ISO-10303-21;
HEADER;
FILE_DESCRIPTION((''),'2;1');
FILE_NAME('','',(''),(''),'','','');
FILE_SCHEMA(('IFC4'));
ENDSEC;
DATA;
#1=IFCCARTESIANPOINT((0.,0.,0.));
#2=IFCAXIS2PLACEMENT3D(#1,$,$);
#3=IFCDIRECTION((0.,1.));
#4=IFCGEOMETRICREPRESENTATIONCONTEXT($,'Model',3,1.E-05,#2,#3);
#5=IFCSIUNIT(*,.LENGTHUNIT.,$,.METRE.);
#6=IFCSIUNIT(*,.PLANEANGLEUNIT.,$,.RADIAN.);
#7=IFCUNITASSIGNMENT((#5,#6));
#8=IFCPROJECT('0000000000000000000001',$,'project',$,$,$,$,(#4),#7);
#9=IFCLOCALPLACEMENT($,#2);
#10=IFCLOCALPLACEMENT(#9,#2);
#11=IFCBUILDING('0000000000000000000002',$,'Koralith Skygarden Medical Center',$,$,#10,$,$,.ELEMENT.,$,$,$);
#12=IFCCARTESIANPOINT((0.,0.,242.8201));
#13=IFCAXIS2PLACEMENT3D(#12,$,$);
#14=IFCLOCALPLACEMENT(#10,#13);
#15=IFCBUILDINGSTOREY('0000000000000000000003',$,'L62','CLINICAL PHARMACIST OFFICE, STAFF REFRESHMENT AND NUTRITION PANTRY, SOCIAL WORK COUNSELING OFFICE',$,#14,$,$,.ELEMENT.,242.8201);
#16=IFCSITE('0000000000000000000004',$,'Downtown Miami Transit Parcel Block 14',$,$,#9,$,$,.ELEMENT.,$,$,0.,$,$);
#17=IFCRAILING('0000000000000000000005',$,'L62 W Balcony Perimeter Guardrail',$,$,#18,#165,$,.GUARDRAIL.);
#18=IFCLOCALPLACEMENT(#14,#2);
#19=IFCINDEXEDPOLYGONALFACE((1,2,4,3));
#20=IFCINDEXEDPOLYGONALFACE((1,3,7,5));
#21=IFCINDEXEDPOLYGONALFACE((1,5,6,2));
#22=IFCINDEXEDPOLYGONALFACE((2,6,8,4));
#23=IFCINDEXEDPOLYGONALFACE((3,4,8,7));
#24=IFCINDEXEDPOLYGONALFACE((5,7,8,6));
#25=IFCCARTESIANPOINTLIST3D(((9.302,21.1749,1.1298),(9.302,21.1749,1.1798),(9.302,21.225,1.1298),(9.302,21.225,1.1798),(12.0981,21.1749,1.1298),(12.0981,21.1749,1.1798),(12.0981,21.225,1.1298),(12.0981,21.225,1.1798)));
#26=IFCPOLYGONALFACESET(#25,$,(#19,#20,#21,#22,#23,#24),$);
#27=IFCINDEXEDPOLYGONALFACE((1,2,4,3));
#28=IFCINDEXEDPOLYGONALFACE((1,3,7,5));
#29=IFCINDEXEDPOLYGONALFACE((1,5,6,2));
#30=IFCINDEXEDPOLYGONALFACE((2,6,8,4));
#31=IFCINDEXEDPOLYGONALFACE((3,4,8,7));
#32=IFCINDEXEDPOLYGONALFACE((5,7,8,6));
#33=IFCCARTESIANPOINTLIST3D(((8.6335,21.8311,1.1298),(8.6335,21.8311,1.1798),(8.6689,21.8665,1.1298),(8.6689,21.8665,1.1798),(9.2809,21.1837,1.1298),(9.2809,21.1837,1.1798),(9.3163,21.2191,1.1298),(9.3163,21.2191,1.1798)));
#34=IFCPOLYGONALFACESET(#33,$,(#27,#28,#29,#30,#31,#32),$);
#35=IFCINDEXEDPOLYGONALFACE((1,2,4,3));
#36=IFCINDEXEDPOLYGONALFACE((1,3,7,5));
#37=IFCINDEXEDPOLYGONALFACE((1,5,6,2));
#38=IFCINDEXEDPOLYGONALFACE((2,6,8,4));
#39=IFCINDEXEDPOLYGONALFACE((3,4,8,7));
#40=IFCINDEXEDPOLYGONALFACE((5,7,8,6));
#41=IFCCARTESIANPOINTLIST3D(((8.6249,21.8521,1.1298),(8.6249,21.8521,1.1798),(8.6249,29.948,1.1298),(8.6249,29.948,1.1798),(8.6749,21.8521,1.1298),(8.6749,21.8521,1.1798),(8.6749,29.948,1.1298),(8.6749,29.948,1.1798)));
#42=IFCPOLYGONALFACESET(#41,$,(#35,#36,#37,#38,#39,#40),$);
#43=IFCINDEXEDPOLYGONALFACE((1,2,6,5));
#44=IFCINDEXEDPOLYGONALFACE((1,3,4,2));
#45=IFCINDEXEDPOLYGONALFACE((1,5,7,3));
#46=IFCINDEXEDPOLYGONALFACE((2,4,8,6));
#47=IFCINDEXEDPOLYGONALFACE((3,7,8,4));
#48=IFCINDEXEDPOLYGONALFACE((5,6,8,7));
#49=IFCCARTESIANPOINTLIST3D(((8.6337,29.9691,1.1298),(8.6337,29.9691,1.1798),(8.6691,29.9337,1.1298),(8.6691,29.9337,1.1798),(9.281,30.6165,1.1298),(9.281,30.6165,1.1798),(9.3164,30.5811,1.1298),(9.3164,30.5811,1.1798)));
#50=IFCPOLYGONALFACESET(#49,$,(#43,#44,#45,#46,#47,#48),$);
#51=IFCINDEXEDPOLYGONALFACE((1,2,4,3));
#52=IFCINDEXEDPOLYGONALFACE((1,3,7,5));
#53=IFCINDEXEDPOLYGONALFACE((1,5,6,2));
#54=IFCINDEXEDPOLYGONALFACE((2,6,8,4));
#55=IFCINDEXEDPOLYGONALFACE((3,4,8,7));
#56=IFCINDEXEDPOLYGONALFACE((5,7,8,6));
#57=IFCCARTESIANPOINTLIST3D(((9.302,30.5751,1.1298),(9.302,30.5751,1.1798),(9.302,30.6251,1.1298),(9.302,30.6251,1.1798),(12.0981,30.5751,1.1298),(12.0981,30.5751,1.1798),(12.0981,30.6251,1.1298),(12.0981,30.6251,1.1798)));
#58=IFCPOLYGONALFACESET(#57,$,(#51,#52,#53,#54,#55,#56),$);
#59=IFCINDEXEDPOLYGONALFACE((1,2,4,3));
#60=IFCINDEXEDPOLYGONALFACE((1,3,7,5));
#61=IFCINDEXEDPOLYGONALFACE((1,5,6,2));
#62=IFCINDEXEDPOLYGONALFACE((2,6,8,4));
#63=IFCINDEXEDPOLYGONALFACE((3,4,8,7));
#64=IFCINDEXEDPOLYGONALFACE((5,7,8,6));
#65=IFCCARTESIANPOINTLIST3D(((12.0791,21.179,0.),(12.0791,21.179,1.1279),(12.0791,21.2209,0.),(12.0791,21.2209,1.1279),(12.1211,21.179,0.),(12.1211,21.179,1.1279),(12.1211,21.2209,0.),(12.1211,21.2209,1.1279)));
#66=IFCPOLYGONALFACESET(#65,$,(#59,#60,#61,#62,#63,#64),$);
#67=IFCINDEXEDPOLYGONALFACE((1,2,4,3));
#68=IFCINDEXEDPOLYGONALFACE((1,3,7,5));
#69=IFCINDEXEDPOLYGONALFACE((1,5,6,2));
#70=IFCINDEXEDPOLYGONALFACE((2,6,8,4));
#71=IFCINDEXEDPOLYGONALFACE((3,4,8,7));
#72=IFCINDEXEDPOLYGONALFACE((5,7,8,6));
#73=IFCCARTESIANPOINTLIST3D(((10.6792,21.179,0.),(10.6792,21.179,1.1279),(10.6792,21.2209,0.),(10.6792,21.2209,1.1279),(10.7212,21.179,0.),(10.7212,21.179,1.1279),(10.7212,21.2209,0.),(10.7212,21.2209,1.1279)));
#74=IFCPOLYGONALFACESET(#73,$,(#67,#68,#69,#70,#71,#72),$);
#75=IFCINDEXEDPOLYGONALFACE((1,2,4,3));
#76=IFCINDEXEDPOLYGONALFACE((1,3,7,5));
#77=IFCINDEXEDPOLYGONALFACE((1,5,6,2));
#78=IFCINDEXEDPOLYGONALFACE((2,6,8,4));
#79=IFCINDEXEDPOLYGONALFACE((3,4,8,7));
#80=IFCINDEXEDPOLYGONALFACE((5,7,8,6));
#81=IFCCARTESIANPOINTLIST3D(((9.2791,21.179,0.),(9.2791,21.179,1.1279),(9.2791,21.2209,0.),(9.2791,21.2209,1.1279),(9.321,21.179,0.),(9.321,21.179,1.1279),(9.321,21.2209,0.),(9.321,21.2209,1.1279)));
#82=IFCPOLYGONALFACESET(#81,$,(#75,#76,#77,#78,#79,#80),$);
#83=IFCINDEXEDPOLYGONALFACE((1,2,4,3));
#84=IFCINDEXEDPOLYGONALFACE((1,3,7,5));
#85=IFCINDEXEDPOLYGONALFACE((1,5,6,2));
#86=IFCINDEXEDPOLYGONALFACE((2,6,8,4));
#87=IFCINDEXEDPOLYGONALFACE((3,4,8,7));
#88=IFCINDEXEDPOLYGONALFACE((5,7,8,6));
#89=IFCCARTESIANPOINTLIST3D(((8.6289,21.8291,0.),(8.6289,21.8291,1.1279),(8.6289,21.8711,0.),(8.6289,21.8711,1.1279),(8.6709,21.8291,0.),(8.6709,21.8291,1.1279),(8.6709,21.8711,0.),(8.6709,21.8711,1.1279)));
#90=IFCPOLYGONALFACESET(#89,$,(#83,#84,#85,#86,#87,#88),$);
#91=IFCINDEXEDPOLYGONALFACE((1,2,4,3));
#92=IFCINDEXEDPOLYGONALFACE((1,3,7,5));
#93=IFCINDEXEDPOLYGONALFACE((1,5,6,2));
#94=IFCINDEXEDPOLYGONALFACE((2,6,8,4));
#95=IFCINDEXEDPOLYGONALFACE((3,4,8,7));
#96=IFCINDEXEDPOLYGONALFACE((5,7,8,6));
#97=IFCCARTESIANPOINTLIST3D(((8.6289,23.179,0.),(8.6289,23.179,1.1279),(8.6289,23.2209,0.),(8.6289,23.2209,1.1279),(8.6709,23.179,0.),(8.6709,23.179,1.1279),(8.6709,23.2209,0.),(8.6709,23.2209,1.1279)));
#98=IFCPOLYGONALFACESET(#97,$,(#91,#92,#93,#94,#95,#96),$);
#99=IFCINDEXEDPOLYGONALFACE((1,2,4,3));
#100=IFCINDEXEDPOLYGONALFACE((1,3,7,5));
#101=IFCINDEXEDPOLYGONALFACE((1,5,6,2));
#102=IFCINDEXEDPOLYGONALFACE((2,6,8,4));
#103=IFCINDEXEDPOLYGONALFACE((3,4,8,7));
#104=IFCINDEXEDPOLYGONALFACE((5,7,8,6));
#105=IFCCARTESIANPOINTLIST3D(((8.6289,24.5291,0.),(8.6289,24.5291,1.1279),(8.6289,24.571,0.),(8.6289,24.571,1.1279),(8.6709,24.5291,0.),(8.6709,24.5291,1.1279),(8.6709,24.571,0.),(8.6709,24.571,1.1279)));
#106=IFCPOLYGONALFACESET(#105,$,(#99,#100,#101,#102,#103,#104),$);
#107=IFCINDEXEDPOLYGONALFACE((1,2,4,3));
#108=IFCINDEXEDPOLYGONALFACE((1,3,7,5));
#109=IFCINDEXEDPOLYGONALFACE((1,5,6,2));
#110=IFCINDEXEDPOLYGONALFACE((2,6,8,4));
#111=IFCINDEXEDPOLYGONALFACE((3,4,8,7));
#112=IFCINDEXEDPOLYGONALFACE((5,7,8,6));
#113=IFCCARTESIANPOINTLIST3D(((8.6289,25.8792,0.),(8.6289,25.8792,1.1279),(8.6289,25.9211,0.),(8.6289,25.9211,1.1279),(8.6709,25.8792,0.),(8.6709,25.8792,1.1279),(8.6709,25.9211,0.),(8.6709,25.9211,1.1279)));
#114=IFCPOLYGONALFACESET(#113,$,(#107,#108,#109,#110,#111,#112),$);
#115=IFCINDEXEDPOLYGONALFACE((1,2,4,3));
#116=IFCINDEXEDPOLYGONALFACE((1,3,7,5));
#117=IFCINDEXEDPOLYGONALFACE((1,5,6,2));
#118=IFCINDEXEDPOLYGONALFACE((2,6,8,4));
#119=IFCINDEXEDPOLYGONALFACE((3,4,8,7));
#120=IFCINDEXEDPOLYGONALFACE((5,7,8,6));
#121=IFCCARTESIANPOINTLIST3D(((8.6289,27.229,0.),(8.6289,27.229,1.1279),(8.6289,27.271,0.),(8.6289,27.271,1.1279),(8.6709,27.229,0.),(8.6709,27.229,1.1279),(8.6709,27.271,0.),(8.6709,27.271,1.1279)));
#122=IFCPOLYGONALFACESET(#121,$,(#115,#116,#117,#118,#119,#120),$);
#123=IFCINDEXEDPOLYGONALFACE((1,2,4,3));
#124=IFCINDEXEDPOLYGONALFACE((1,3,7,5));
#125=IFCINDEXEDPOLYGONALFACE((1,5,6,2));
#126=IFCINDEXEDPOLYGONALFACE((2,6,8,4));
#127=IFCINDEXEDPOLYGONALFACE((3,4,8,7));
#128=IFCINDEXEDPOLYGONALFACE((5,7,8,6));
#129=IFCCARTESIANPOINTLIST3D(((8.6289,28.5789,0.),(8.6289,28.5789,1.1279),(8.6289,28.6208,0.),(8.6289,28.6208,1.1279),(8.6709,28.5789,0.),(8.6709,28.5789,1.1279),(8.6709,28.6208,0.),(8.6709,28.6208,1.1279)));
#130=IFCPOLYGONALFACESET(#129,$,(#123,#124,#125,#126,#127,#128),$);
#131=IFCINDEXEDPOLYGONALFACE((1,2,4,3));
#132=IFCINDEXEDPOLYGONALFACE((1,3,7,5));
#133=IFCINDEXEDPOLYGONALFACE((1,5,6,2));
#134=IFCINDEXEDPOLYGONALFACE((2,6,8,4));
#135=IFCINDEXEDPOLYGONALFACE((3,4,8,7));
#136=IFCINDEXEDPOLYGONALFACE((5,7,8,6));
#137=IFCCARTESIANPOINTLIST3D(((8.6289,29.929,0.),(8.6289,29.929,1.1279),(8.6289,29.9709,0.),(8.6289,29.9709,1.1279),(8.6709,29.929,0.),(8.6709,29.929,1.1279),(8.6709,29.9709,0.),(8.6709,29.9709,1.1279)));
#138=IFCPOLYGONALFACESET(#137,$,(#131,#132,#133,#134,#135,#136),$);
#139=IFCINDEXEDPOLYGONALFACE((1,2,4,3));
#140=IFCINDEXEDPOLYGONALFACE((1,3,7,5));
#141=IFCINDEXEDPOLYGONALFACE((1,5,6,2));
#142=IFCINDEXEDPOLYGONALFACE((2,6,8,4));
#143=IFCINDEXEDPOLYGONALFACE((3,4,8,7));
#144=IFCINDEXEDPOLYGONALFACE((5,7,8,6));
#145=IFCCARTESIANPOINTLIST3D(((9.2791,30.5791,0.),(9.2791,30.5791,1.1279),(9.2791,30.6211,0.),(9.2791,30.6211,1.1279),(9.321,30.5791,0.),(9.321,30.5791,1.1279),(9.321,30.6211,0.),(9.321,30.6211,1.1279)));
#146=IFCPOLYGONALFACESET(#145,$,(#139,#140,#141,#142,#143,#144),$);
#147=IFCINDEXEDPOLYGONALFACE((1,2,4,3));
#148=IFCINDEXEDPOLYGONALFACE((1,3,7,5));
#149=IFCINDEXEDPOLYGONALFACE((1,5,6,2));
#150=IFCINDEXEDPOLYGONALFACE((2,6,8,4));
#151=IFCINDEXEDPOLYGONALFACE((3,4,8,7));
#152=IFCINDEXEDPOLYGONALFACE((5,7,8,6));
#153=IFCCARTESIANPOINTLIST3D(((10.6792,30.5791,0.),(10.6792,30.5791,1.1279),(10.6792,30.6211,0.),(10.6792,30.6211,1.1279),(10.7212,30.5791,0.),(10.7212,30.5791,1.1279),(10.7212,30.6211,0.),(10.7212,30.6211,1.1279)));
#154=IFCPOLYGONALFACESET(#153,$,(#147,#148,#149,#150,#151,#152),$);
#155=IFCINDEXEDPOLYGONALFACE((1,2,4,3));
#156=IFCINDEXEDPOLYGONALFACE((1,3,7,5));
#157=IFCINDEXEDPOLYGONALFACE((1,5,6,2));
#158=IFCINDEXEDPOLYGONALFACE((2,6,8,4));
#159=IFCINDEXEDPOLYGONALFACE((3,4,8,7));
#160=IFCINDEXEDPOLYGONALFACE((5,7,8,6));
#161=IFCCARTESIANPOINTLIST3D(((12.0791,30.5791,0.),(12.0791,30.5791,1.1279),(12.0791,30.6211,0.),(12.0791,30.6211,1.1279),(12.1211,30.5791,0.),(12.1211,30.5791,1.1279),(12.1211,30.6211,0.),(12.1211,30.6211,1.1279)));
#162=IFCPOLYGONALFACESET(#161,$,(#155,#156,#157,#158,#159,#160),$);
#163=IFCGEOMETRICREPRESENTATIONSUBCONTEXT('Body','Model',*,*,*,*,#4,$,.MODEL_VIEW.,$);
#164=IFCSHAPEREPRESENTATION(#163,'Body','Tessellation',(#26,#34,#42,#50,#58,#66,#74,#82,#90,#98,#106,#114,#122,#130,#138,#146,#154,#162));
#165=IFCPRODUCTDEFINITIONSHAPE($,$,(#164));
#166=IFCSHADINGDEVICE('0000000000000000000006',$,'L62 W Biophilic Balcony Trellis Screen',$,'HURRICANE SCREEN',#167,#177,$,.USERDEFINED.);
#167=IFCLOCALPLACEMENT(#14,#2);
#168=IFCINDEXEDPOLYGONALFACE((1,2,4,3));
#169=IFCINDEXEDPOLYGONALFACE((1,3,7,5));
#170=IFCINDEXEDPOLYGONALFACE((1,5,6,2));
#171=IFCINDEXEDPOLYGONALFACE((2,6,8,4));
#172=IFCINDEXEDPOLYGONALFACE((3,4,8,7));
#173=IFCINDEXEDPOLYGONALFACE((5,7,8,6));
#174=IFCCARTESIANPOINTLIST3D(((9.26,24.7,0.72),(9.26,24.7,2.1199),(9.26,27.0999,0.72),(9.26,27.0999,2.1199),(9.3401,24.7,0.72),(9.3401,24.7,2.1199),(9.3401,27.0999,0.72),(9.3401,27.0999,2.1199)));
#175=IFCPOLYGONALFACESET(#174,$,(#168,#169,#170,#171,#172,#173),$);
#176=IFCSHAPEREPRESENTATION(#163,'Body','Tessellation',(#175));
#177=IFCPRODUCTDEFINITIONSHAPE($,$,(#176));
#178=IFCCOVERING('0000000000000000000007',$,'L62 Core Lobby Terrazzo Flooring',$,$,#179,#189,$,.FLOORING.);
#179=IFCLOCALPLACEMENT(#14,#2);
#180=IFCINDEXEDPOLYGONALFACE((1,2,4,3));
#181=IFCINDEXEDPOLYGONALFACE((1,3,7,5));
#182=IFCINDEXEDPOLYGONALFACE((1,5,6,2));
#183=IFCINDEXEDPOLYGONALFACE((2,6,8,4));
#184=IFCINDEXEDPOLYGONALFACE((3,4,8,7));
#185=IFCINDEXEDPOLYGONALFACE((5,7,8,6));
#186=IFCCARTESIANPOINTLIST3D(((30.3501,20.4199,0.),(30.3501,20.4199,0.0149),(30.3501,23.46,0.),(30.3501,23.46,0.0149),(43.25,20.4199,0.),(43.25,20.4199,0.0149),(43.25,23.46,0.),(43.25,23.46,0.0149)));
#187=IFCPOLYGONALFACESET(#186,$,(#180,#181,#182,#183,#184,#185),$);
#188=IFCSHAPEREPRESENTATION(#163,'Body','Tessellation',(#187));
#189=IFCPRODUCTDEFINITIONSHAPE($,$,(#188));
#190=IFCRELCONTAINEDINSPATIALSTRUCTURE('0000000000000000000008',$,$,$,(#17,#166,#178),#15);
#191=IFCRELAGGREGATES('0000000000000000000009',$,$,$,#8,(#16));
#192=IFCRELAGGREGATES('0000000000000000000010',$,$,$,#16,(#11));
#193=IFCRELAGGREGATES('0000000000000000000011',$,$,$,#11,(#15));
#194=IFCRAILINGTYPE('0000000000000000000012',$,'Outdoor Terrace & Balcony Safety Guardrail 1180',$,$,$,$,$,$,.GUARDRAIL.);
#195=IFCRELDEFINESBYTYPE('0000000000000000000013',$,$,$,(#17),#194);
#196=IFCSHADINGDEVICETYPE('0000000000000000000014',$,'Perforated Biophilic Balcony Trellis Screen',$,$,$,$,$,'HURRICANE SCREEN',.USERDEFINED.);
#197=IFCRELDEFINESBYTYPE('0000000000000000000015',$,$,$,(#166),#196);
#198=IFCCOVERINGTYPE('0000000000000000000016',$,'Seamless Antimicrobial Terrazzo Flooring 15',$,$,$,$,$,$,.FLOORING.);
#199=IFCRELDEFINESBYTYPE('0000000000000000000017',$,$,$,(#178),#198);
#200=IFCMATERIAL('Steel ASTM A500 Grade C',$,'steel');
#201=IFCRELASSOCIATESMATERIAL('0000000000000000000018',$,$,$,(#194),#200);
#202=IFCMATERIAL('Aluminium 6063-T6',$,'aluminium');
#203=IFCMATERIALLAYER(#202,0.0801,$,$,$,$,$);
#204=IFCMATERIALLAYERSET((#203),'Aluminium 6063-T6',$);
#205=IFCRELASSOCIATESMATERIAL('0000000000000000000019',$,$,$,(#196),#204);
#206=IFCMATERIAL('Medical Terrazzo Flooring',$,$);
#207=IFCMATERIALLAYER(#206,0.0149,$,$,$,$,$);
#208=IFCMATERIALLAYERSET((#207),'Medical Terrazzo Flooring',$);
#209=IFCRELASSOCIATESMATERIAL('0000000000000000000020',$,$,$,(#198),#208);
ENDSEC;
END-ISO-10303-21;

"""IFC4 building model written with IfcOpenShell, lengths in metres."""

from ifc_helpers import new_model, si_unit, direction, frame, origin, origin_2d, place, context, subcontext, project, spatial, polyline, rectangle, outline, extrude, material, layer, layer_set, type_object, element, save


model = new_model("IFC4")

# Units and contexts
model_context = context("Model", 3, precision=1e-05, world=origin(), true_north=direction((0.0, 1.0)))
body_context = subcontext(model_context, "Body", "Model", "MODEL_VIEW")
ifc_project = project(units=[si_unit("LENGTHUNIT", "METRE"), si_unit("PLANEANGLEUNIT", "RADIAN")], contexts=[model_context])

# Site, building, storey
site_placement = place(None, origin())
site = spatial("IfcSite", under=ifc_project, at=site_placement, Name="Downtown Miami Transit Parcel Block 14", CompositionType="ELEMENT", RefElevation=0.0)
building_placement = place(site_placement, origin())
building = spatial("IfcBuilding", under=site, at=building_placement, Name="Koralith Skygarden Medical Center", CompositionType="ELEMENT")
storey_placement = place(building_placement, frame((0.0, 0.0, 242.8201)))
storey = spatial("IfcBuildingStorey", under=building, at=storey_placement, Name="L62", Description="CLINICAL PHARMACIST OFFICE, STAFF REFRESHMENT AND NUTRITION PANTRY, SOCIAL WORK COUNSELING OFFICE", CompositionType="ELEMENT", Elevation=242.8201)

# Shared definitions
ifc_material_1 = material(Name="Aluminium 6063-T6", Category="aluminium")

# Railing
ifc_material_2 = material(Name="Steel ASTM A500 Grade C", Category="steel")
railing_type = type_object("IfcRailingType", Name="Outdoor Terrace & Balcony Safety Guardrail 1180", PredefinedType="GUARDRAIL", material=ifc_material_2)
railing_placement = place(storey_placement, frame((12.1001, 21.2, 0.0)))
element("IfcRailing", 1, at=railing_placement, inside=storey, type_object=railing_type, Name="L62 W Balcony Perimeter Guardrail", PredefinedType="GUARDRAIL", context=body_context, shape_type="SweptSolid", body=[
    extrude(rectangle(XDim=0.05, YDim=0.05, at=origin_2d()), frame((-0.002, 0.0, 1.1548), z_axis=(-1.0, 0.0, 0.0), x_axis=(0.0, -1.0, 0.0)), (0.0, 0.0, 1.0), 2.7961),
    extrude(rectangle(XDim=0.05, YDim=0.05, at=origin_2d()), frame((-2.8015, 0.0015, 1.1548), z_axis=(-0.707107, 0.707107, 0.0), x_axis=(-0.707107, -0.707107, 0.0)), (0.0, 0.0, 1.0), 0.9155),
    extrude(rectangle(XDim=0.05, YDim=0.05, at=origin_2d()), frame((-3.4502, 0.6521, 1.1548), z_axis=(0.0, 1.0, 0.0), x_axis=(-1.0, 0.0, 0.0)), (0.0, 0.0, 1.0), 8.0959),
    extrude(rectangle(XDim=0.05, YDim=0.05, at=origin_2d()), frame((-3.4487, 8.7515, 1.1548), z_axis=(0.707107, 0.707107, 0.0), x_axis=(-0.707107, 0.707107, 0.0)), (0.0, 0.0, 1.0), 0.9155),
    extrude(rectangle(XDim=0.05, YDim=0.05, at=origin_2d()), frame((-2.7981, 9.4001, 1.1548), z_axis=(1.0, 0.0, 0.0), x_axis=(0.0, 1.0, 0.0)), (0.0, 0.0, 1.0), 2.7961),
    extrude(rectangle(XDim=0.042, YDim=0.042, at=origin_2d()), origin(), (0.0, 0.0, 1.0), 1.1279),
    extrude(rectangle(XDim=0.042, YDim=0.042, at=origin_2d()), frame((-1.3999, 0.0, 0.0)), (0.0, 0.0, 1.0), 1.1279),
    extrude(rectangle(XDim=0.042, YDim=0.042, at=origin_2d()), frame((-2.8, 0.0, 0.0)), (0.0, 0.0, 1.0), 1.1279),
    extrude(rectangle(XDim=0.042, YDim=0.042, at=origin_2d()), frame((-3.4502, 0.6501, 0.0)), (0.0, 0.0, 1.0), 1.1279),
    extrude(rectangle(XDim=0.042, YDim=0.042, at=origin_2d()), frame((-3.4502, 2.0, 0.0)), (0.0, 0.0, 1.0), 1.1279),
    extrude(rectangle(XDim=0.042, YDim=0.042, at=origin_2d()), frame((-3.4502, 3.3501, 0.0)), (0.0, 0.0, 1.0), 1.1279),
    extrude(rectangle(XDim=0.042, YDim=0.042, at=origin_2d()), frame((-3.4502, 4.7002, 0.0)), (0.0, 0.0, 1.0), 1.1279),
    extrude(rectangle(XDim=0.042, YDim=0.042, at=origin_2d()), frame((-3.4502, 6.05, 0.0)), (0.0, 0.0, 1.0), 1.1279),
    extrude(rectangle(XDim=0.042, YDim=0.042, at=origin_2d()), frame((-3.4502, 7.3999, 0.0)), (0.0, 0.0, 1.0), 1.1279),
    extrude(rectangle(XDim=0.042, YDim=0.042, at=origin_2d()), frame((-3.4502, 8.75, 0.0)), (0.0, 0.0, 1.0), 1.1279),
    extrude(rectangle(XDim=0.042, YDim=0.042, at=origin_2d()), frame((-2.8, 9.4001, 0.0)), (0.0, 0.0, 1.0), 1.1279),
    extrude(rectangle(XDim=0.042, YDim=0.042, at=origin_2d()), frame((-1.3999, 9.4001, 0.0)), (0.0, 0.0, 1.0), 1.1279),
    extrude(rectangle(XDim=0.042, YDim=0.042, at=origin_2d()), frame((0.0, 9.4001, 0.0)), (0.0, 0.0, 1.0), 1.1279),
])

# Shading device
ifc_layer_1 = layer(ifc_material_1, 0.0801)
ifc_layer_set_1 = layer_set([ifc_layer_1], Name="Aluminium 6063-T6")
shading_device_type = type_object("IfcShadingDeviceType", Name="Perforated Biophilic Balcony Trellis Screen", ElementType="HURRICANE SCREEN", PredefinedType="USERDEFINED", material=ifc_layer_set_1)
shading_device_placement = place(storey_placement, frame((9.3, 25.8999, 0.72), z_axis=(0.0, 0.0, 1.0), x_axis=(0.0, 1.0, 0.0)))
element("IfcShadingDevice", 2, at=shading_device_placement, inside=storey, type_object=shading_device_type, Name="L62 W Biophilic Balcony Trellis Screen", ObjectType="HURRICANE SCREEN", PredefinedType="USERDEFINED", context=body_context, shape_type="SweptSolid", body=[
    extrude(rectangle(XDim=2.3999, YDim=0.0801, at=origin_2d()), origin(), (0.0, 0.0, 1.0), 1.3999),
])

# Covering
ifc_material_3 = material(Name="Medical Terrazzo Flooring")
ifc_layer_2 = layer(ifc_material_3, 0.0149)
ifc_layer_set_2 = layer_set([ifc_layer_2], Name="Medical Terrazzo Flooring")
covering_type_1 = type_object("IfcCoveringType", Name="Seamless Antimicrobial Terrazzo Flooring 15", PredefinedType="FLOORING", material=ifc_layer_set_2)
covering_1_placement = place(storey_placement, origin())
element("IfcCovering", 3, at=covering_1_placement, inside=storey, type_object=covering_type_1, Name="L62 Core Lobby Terrazzo Flooring", PredefinedType="FLOORING", context=body_context, shape_type="SweptSolid", body=[
    extrude(outline(polyline([(30.3501, 20.4199), (43.25, 20.4199), (43.25, 23.46), (30.3501, 23.46), (30.3501, 20.4199)])), origin(), (0.0, 0.0, 1.0), 0.0149),
])

save(model, "model.ifc")
